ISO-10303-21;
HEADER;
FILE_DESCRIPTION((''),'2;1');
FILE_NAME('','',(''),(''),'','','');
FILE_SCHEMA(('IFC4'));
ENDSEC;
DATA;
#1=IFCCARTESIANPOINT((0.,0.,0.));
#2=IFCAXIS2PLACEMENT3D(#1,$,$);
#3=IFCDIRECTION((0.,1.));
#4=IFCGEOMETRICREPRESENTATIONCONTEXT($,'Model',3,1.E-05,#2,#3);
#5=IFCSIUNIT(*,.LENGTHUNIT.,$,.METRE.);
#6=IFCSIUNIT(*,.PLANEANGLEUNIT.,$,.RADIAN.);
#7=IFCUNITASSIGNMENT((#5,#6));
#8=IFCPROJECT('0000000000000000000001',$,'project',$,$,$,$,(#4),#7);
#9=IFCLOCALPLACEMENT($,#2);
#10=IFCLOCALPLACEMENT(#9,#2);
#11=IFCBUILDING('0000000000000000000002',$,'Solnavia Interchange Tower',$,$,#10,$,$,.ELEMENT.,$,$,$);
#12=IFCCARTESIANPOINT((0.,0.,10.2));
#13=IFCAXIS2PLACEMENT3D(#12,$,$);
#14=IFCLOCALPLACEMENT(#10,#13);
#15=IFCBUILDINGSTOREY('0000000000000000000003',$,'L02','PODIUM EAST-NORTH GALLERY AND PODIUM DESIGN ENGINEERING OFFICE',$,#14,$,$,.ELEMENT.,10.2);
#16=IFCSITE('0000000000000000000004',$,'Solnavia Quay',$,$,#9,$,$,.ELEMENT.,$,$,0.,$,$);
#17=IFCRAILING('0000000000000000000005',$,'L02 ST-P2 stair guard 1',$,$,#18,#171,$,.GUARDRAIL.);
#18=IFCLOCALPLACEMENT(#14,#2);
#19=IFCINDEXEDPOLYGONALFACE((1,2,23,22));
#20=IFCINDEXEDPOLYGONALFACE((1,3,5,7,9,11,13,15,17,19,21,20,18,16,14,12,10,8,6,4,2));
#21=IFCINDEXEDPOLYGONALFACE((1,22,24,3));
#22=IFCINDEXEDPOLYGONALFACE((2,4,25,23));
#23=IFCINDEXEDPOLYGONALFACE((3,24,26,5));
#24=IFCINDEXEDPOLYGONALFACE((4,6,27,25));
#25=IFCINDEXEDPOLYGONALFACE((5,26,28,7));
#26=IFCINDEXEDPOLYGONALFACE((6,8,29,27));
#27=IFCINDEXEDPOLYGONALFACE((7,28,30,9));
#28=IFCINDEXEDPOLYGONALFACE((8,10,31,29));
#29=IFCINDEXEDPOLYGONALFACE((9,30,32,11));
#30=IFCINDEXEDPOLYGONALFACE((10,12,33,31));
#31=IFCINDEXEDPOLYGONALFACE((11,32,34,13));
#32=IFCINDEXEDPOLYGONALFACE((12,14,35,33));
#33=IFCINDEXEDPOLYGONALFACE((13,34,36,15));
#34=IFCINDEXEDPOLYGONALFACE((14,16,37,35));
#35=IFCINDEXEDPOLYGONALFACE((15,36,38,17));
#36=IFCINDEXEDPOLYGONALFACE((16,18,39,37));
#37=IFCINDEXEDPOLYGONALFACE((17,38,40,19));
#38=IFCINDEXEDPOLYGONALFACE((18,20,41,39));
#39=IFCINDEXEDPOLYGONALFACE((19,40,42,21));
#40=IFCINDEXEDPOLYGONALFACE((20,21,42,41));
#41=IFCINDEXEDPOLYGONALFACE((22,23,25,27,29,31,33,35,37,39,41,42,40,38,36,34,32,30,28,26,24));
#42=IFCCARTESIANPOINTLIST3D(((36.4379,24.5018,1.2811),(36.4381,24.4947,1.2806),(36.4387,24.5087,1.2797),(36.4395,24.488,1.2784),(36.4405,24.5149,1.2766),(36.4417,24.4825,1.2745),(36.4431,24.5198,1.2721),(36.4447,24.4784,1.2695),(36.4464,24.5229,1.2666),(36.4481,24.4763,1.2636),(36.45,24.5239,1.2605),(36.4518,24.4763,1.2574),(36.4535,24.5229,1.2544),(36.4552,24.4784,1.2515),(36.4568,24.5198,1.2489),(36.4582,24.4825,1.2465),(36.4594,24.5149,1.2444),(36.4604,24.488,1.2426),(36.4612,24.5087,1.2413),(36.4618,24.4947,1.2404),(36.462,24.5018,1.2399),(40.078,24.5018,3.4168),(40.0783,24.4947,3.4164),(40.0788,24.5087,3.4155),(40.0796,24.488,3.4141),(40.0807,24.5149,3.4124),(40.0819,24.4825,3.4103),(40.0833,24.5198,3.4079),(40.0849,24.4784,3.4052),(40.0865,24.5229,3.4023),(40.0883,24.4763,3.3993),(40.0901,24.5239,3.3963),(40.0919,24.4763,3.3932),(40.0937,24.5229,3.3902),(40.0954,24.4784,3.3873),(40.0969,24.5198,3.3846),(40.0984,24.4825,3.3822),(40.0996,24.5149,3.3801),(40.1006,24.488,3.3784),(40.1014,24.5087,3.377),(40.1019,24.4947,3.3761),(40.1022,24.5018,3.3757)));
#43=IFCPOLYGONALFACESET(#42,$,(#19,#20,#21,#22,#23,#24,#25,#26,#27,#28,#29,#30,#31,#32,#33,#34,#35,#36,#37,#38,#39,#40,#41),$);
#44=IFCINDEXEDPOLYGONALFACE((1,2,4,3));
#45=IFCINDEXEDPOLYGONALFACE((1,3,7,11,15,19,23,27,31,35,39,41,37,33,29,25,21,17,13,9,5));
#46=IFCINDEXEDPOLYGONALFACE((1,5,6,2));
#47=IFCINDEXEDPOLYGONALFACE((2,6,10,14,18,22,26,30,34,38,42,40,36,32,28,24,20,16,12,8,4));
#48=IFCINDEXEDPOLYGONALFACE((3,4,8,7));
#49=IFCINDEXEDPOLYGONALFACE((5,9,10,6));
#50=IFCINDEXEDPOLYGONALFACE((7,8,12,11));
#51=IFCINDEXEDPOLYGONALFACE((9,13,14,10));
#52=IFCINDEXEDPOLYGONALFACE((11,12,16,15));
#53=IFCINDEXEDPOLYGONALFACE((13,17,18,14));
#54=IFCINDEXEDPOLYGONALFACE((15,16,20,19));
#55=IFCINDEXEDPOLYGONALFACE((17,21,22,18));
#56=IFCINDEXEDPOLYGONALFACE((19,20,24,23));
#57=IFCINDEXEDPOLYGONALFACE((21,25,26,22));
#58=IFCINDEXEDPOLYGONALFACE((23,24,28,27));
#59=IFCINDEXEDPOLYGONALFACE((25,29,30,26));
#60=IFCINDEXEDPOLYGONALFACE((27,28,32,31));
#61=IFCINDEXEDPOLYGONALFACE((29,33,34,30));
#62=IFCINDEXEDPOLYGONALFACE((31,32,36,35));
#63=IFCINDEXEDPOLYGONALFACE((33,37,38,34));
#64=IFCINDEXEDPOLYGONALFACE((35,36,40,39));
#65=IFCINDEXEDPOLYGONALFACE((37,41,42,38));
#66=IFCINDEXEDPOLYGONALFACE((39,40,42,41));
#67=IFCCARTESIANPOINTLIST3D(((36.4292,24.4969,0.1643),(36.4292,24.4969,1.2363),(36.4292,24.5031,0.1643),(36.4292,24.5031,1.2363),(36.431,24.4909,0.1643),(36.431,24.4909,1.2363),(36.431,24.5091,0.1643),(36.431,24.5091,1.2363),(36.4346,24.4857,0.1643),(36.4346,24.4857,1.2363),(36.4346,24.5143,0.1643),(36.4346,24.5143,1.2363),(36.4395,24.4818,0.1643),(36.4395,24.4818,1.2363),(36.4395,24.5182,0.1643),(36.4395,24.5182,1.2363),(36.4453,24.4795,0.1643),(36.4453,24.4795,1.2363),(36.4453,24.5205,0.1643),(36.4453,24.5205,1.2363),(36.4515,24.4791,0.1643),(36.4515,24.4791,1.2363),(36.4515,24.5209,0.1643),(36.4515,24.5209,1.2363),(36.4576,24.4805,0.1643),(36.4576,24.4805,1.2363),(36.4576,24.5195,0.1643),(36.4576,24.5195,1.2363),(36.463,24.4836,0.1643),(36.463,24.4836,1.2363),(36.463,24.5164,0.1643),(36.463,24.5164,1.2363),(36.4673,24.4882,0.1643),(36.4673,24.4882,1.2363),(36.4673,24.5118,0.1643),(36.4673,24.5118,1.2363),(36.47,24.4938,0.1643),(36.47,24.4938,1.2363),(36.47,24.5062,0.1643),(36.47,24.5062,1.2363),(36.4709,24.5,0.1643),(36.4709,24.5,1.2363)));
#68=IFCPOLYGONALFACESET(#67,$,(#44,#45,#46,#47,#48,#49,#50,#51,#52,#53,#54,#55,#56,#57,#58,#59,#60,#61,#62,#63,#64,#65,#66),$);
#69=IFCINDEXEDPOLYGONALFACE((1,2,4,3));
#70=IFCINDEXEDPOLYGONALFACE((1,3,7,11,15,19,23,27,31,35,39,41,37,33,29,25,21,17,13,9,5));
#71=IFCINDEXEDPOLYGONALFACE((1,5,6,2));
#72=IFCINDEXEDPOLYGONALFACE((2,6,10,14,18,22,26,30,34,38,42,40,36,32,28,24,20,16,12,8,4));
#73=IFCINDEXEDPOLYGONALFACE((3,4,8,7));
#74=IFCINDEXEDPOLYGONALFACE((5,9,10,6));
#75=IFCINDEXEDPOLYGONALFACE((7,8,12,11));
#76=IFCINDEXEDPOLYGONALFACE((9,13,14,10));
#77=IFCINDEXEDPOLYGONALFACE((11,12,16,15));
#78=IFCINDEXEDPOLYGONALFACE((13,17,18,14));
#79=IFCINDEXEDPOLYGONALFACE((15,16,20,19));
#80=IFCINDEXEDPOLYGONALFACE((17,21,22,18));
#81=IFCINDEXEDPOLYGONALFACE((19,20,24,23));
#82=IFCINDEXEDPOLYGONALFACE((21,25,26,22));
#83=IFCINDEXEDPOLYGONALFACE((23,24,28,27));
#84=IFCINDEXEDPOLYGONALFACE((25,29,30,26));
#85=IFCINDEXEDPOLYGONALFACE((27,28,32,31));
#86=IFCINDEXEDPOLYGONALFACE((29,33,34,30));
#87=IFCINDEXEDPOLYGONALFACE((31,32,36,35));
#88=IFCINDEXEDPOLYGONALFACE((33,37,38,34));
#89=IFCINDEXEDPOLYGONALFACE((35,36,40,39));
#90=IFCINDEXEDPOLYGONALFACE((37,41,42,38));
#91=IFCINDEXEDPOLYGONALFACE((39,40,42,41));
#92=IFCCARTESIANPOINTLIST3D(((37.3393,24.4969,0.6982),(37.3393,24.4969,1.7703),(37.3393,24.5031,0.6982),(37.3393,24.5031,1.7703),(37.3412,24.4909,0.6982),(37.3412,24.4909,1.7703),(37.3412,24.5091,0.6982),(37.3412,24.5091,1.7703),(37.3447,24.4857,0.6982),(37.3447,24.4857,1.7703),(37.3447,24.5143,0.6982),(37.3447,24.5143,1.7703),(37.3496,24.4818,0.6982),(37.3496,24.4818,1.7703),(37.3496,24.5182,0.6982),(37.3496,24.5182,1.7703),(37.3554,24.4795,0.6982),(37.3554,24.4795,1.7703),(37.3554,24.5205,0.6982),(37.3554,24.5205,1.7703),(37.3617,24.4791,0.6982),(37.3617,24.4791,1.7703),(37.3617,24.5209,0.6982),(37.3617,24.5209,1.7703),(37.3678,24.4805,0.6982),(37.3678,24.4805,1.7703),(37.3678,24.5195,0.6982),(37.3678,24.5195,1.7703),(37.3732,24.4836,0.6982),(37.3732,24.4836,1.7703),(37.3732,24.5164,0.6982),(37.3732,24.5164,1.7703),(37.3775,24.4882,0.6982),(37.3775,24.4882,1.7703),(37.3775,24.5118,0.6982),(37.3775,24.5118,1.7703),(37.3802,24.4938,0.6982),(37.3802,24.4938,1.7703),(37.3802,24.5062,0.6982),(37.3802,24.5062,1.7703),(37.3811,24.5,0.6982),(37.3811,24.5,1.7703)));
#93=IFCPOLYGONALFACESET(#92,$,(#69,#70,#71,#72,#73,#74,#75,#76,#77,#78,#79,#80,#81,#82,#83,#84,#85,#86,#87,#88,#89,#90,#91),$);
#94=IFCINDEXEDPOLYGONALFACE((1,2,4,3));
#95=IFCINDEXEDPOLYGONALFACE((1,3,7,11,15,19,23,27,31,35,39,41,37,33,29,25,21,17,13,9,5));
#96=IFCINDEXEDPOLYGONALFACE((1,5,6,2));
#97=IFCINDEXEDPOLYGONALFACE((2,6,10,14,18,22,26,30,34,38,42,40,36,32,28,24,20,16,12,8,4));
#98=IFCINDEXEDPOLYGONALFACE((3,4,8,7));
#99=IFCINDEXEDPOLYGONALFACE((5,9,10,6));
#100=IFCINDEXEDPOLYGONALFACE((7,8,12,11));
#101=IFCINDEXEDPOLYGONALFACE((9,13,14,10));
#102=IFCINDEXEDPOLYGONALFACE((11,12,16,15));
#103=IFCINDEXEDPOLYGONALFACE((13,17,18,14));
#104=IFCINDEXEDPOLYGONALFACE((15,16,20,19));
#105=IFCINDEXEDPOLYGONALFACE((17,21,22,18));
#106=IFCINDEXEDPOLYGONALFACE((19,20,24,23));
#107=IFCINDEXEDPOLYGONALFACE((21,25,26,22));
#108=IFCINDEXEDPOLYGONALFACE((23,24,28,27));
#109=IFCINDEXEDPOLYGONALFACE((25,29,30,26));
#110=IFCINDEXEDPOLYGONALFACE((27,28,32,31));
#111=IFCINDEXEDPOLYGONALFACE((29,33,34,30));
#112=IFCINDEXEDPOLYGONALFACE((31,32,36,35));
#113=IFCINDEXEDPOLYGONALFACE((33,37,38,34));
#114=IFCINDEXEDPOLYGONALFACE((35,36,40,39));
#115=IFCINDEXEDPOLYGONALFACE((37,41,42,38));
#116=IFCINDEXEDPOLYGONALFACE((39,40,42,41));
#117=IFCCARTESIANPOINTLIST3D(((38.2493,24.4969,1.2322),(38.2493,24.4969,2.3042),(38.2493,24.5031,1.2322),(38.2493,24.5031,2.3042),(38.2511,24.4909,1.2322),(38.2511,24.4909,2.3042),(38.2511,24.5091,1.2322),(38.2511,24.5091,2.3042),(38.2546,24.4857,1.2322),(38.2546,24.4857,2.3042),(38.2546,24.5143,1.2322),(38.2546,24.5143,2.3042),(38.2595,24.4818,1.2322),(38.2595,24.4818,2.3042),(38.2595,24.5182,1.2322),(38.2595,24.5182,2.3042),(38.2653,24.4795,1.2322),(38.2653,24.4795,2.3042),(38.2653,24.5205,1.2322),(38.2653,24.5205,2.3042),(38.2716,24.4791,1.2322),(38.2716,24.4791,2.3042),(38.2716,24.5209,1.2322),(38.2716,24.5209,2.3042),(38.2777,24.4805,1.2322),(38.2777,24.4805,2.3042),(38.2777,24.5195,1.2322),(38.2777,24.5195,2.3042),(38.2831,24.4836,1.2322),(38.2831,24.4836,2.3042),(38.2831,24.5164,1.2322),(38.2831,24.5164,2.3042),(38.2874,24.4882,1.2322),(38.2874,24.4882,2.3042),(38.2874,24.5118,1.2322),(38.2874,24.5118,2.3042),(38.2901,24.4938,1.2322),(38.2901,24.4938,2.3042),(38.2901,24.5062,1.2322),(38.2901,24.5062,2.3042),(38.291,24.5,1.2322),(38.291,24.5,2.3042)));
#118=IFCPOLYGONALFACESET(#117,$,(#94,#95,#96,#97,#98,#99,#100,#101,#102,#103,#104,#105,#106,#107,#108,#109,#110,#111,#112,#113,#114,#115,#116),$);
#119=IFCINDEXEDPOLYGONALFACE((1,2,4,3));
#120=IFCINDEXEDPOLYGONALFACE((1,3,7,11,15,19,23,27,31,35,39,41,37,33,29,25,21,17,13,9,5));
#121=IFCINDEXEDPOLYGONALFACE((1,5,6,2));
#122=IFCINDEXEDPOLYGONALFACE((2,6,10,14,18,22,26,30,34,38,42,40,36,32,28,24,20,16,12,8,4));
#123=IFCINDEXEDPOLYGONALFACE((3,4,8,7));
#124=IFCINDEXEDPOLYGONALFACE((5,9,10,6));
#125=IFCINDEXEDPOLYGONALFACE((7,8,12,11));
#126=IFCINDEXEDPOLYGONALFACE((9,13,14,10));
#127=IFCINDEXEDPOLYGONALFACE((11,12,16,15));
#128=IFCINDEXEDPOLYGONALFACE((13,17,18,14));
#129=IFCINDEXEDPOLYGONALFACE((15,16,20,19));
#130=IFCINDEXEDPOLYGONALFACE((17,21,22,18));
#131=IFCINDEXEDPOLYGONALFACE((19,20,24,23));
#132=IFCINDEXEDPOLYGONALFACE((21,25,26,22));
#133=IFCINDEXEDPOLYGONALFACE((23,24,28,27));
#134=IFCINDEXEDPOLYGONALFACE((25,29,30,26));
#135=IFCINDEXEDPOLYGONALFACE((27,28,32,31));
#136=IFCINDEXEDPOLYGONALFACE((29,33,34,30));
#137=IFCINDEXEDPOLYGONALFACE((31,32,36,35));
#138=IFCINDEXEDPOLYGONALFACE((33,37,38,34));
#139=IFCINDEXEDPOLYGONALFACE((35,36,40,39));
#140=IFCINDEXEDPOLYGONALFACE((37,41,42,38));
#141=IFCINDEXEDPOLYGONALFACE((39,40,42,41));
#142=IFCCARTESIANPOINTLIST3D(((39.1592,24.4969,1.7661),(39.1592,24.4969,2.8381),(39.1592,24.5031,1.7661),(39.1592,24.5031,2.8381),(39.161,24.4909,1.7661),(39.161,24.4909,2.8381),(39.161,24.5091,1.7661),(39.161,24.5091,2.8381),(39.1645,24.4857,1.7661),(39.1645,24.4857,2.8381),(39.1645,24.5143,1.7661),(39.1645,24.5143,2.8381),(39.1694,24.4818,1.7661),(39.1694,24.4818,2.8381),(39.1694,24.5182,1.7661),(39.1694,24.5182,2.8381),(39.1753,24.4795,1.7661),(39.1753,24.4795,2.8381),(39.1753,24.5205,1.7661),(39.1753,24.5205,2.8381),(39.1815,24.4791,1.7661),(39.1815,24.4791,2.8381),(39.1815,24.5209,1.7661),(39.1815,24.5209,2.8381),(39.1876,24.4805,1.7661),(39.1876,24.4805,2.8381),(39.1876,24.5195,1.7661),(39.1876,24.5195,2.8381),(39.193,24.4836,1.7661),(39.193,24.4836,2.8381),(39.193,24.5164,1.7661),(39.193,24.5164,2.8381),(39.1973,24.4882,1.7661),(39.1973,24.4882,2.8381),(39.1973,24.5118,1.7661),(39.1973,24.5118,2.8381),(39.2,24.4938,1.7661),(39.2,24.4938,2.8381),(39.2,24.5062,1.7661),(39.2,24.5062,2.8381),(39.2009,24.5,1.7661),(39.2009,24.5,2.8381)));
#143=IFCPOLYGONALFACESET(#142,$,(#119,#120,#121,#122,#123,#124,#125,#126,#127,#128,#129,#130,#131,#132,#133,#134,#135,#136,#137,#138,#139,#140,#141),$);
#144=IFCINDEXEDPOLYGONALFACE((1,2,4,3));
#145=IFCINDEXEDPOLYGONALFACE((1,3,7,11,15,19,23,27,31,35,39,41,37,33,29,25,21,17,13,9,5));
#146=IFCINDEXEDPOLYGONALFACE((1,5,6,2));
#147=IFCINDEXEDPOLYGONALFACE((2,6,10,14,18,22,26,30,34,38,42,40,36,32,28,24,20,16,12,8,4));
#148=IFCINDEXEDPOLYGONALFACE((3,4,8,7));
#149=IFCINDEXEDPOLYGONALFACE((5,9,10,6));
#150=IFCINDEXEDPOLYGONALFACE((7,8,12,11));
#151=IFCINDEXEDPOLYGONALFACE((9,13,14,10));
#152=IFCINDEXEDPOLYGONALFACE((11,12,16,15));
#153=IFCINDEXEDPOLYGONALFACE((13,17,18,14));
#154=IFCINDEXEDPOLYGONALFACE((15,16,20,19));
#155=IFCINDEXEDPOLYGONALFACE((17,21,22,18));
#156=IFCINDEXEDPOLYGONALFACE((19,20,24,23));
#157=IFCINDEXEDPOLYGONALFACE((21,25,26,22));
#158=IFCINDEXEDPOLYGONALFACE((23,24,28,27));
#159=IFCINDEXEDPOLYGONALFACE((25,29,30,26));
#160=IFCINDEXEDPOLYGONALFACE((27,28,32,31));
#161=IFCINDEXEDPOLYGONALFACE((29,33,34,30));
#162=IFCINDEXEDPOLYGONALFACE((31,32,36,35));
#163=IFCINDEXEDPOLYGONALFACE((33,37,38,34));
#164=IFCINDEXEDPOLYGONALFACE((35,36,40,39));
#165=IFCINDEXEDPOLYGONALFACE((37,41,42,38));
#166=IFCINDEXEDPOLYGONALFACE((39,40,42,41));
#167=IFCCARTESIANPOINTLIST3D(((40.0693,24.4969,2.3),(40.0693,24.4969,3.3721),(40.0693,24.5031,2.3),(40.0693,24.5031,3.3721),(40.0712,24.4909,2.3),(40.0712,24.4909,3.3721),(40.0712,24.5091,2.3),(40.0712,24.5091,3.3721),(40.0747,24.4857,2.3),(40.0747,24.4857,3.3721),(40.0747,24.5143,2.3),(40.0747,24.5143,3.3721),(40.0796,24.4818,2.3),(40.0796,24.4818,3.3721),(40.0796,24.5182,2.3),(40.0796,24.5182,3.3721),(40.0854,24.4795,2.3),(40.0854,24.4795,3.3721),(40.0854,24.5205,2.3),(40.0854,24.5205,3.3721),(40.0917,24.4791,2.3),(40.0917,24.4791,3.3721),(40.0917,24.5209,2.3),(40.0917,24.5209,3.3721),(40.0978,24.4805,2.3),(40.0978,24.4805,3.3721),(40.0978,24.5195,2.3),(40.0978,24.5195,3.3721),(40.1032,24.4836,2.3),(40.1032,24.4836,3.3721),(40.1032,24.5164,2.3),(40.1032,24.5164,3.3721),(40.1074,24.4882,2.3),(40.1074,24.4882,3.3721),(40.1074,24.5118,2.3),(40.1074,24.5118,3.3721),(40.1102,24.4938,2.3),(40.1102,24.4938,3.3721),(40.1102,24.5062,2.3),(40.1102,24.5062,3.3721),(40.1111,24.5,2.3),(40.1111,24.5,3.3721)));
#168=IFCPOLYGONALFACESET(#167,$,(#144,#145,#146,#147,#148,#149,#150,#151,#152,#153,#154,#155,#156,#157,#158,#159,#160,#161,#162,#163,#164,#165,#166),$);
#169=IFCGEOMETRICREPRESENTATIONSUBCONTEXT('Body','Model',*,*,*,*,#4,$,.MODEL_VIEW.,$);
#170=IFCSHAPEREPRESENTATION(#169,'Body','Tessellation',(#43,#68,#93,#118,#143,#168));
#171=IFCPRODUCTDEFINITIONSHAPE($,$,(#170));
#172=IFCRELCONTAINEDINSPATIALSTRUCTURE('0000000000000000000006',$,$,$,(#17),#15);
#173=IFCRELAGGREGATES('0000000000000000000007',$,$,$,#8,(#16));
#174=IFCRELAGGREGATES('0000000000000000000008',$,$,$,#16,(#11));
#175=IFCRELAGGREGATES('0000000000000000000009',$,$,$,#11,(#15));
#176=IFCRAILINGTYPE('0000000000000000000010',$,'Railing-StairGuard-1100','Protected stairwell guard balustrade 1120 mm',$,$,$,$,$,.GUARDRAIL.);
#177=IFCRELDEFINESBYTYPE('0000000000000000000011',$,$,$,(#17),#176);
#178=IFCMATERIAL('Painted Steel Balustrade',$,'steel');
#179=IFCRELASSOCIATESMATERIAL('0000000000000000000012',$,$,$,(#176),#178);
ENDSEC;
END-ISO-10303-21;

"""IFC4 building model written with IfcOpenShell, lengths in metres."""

from ifc_helpers import new_model, si_unit, direction, frame, origin, origin_2d, place, context, subcontext, project, spatial, circle, extrude, material, type_object, element, save


model = new_model("IFC4")

# Units and contexts
model_context = context("Model", 3, precision=1e-05, world=origin(), true_north=direction((0.0, 1.0)))
body_context = subcontext(model_context, "Body", "Model", "MODEL_VIEW")
ifc_project = project(units=[si_unit("LENGTHUNIT", "METRE"), si_unit("PLANEANGLEUNIT", "RADIAN")], contexts=[model_context])

# Site, building, storey
site_placement = place(None, origin())
site = spatial("IfcSite", under=ifc_project, at=site_placement, Name="Solnavia Quay", CompositionType="ELEMENT", RefElevation=0.0)
building_placement = place(site_placement, origin())
building = spatial("IfcBuilding", under=site, at=building_placement, Name="Solnavia Interchange Tower", CompositionType="ELEMENT")
storey_placement = place(building_placement, frame((0.0, 0.0, 10.2)))
storey = spatial("IfcBuildingStorey", under=building, at=storey_placement, Name="L02", Description="PODIUM EAST-NORTH GALLERY AND PODIUM DESIGN ENGINEERING OFFICE", CompositionType="ELEMENT", Elevation=10.2)

# Railing
ifc_material_1 = material(Name="Painted Steel Balustrade", Category="steel")
railing_type_1 = type_object("IfcRailingType", Name="Railing-StairGuard-1100", Description="Protected stairwell guard balustrade 1120 mm", PredefinedType="GUARDRAIL", material=ifc_material_1)
railing_1_placement = place(storey_placement, frame((36.45, 24.5, 0.1643)))
element("IfcRailing", 1, at=railing_1_placement, inside=storey, type_object=railing_type_1, Name="L02 ST-P2 stair guard 1", PredefinedType="GUARDRAIL", context=body_context, shape_type="SweptSolid", body=[
    extrude(circle(Radius=0.0239, at=origin_2d()), frame((0.0, 0.0, 1.0962), z_axis=(0.862505, 0.0, 0.506049), x_axis=(0.0, 1.0, 0.0)), (0.0, 0.0, 1.0), 4.2205),
    extrude(circle(Radius=0.021, at=origin_2d()), origin(), (0.0, 0.0, 1.0), 1.072),
    extrude(circle(Radius=0.021, at=origin_2d()), frame((0.9102, 0.0, 0.5339)), (0.0, 0.0, 1.0), 1.072),
    extrude(circle(Radius=0.021, at=origin_2d()), frame((1.8201, 0.0, 1.0679)), (0.0, 0.0, 1.0), 1.072),
    extrude(circle(Radius=0.021, at=origin_2d()), frame((2.73, 0.0, 1.6018)), (0.0, 0.0, 1.0), 1.072),
    extrude(circle(Radius=0.021, at=origin_2d()), frame((3.6401, 0.0, 2.1357)), (0.0, 0.0, 1.0), 1.072),
])

save(model, "model.ifc")
